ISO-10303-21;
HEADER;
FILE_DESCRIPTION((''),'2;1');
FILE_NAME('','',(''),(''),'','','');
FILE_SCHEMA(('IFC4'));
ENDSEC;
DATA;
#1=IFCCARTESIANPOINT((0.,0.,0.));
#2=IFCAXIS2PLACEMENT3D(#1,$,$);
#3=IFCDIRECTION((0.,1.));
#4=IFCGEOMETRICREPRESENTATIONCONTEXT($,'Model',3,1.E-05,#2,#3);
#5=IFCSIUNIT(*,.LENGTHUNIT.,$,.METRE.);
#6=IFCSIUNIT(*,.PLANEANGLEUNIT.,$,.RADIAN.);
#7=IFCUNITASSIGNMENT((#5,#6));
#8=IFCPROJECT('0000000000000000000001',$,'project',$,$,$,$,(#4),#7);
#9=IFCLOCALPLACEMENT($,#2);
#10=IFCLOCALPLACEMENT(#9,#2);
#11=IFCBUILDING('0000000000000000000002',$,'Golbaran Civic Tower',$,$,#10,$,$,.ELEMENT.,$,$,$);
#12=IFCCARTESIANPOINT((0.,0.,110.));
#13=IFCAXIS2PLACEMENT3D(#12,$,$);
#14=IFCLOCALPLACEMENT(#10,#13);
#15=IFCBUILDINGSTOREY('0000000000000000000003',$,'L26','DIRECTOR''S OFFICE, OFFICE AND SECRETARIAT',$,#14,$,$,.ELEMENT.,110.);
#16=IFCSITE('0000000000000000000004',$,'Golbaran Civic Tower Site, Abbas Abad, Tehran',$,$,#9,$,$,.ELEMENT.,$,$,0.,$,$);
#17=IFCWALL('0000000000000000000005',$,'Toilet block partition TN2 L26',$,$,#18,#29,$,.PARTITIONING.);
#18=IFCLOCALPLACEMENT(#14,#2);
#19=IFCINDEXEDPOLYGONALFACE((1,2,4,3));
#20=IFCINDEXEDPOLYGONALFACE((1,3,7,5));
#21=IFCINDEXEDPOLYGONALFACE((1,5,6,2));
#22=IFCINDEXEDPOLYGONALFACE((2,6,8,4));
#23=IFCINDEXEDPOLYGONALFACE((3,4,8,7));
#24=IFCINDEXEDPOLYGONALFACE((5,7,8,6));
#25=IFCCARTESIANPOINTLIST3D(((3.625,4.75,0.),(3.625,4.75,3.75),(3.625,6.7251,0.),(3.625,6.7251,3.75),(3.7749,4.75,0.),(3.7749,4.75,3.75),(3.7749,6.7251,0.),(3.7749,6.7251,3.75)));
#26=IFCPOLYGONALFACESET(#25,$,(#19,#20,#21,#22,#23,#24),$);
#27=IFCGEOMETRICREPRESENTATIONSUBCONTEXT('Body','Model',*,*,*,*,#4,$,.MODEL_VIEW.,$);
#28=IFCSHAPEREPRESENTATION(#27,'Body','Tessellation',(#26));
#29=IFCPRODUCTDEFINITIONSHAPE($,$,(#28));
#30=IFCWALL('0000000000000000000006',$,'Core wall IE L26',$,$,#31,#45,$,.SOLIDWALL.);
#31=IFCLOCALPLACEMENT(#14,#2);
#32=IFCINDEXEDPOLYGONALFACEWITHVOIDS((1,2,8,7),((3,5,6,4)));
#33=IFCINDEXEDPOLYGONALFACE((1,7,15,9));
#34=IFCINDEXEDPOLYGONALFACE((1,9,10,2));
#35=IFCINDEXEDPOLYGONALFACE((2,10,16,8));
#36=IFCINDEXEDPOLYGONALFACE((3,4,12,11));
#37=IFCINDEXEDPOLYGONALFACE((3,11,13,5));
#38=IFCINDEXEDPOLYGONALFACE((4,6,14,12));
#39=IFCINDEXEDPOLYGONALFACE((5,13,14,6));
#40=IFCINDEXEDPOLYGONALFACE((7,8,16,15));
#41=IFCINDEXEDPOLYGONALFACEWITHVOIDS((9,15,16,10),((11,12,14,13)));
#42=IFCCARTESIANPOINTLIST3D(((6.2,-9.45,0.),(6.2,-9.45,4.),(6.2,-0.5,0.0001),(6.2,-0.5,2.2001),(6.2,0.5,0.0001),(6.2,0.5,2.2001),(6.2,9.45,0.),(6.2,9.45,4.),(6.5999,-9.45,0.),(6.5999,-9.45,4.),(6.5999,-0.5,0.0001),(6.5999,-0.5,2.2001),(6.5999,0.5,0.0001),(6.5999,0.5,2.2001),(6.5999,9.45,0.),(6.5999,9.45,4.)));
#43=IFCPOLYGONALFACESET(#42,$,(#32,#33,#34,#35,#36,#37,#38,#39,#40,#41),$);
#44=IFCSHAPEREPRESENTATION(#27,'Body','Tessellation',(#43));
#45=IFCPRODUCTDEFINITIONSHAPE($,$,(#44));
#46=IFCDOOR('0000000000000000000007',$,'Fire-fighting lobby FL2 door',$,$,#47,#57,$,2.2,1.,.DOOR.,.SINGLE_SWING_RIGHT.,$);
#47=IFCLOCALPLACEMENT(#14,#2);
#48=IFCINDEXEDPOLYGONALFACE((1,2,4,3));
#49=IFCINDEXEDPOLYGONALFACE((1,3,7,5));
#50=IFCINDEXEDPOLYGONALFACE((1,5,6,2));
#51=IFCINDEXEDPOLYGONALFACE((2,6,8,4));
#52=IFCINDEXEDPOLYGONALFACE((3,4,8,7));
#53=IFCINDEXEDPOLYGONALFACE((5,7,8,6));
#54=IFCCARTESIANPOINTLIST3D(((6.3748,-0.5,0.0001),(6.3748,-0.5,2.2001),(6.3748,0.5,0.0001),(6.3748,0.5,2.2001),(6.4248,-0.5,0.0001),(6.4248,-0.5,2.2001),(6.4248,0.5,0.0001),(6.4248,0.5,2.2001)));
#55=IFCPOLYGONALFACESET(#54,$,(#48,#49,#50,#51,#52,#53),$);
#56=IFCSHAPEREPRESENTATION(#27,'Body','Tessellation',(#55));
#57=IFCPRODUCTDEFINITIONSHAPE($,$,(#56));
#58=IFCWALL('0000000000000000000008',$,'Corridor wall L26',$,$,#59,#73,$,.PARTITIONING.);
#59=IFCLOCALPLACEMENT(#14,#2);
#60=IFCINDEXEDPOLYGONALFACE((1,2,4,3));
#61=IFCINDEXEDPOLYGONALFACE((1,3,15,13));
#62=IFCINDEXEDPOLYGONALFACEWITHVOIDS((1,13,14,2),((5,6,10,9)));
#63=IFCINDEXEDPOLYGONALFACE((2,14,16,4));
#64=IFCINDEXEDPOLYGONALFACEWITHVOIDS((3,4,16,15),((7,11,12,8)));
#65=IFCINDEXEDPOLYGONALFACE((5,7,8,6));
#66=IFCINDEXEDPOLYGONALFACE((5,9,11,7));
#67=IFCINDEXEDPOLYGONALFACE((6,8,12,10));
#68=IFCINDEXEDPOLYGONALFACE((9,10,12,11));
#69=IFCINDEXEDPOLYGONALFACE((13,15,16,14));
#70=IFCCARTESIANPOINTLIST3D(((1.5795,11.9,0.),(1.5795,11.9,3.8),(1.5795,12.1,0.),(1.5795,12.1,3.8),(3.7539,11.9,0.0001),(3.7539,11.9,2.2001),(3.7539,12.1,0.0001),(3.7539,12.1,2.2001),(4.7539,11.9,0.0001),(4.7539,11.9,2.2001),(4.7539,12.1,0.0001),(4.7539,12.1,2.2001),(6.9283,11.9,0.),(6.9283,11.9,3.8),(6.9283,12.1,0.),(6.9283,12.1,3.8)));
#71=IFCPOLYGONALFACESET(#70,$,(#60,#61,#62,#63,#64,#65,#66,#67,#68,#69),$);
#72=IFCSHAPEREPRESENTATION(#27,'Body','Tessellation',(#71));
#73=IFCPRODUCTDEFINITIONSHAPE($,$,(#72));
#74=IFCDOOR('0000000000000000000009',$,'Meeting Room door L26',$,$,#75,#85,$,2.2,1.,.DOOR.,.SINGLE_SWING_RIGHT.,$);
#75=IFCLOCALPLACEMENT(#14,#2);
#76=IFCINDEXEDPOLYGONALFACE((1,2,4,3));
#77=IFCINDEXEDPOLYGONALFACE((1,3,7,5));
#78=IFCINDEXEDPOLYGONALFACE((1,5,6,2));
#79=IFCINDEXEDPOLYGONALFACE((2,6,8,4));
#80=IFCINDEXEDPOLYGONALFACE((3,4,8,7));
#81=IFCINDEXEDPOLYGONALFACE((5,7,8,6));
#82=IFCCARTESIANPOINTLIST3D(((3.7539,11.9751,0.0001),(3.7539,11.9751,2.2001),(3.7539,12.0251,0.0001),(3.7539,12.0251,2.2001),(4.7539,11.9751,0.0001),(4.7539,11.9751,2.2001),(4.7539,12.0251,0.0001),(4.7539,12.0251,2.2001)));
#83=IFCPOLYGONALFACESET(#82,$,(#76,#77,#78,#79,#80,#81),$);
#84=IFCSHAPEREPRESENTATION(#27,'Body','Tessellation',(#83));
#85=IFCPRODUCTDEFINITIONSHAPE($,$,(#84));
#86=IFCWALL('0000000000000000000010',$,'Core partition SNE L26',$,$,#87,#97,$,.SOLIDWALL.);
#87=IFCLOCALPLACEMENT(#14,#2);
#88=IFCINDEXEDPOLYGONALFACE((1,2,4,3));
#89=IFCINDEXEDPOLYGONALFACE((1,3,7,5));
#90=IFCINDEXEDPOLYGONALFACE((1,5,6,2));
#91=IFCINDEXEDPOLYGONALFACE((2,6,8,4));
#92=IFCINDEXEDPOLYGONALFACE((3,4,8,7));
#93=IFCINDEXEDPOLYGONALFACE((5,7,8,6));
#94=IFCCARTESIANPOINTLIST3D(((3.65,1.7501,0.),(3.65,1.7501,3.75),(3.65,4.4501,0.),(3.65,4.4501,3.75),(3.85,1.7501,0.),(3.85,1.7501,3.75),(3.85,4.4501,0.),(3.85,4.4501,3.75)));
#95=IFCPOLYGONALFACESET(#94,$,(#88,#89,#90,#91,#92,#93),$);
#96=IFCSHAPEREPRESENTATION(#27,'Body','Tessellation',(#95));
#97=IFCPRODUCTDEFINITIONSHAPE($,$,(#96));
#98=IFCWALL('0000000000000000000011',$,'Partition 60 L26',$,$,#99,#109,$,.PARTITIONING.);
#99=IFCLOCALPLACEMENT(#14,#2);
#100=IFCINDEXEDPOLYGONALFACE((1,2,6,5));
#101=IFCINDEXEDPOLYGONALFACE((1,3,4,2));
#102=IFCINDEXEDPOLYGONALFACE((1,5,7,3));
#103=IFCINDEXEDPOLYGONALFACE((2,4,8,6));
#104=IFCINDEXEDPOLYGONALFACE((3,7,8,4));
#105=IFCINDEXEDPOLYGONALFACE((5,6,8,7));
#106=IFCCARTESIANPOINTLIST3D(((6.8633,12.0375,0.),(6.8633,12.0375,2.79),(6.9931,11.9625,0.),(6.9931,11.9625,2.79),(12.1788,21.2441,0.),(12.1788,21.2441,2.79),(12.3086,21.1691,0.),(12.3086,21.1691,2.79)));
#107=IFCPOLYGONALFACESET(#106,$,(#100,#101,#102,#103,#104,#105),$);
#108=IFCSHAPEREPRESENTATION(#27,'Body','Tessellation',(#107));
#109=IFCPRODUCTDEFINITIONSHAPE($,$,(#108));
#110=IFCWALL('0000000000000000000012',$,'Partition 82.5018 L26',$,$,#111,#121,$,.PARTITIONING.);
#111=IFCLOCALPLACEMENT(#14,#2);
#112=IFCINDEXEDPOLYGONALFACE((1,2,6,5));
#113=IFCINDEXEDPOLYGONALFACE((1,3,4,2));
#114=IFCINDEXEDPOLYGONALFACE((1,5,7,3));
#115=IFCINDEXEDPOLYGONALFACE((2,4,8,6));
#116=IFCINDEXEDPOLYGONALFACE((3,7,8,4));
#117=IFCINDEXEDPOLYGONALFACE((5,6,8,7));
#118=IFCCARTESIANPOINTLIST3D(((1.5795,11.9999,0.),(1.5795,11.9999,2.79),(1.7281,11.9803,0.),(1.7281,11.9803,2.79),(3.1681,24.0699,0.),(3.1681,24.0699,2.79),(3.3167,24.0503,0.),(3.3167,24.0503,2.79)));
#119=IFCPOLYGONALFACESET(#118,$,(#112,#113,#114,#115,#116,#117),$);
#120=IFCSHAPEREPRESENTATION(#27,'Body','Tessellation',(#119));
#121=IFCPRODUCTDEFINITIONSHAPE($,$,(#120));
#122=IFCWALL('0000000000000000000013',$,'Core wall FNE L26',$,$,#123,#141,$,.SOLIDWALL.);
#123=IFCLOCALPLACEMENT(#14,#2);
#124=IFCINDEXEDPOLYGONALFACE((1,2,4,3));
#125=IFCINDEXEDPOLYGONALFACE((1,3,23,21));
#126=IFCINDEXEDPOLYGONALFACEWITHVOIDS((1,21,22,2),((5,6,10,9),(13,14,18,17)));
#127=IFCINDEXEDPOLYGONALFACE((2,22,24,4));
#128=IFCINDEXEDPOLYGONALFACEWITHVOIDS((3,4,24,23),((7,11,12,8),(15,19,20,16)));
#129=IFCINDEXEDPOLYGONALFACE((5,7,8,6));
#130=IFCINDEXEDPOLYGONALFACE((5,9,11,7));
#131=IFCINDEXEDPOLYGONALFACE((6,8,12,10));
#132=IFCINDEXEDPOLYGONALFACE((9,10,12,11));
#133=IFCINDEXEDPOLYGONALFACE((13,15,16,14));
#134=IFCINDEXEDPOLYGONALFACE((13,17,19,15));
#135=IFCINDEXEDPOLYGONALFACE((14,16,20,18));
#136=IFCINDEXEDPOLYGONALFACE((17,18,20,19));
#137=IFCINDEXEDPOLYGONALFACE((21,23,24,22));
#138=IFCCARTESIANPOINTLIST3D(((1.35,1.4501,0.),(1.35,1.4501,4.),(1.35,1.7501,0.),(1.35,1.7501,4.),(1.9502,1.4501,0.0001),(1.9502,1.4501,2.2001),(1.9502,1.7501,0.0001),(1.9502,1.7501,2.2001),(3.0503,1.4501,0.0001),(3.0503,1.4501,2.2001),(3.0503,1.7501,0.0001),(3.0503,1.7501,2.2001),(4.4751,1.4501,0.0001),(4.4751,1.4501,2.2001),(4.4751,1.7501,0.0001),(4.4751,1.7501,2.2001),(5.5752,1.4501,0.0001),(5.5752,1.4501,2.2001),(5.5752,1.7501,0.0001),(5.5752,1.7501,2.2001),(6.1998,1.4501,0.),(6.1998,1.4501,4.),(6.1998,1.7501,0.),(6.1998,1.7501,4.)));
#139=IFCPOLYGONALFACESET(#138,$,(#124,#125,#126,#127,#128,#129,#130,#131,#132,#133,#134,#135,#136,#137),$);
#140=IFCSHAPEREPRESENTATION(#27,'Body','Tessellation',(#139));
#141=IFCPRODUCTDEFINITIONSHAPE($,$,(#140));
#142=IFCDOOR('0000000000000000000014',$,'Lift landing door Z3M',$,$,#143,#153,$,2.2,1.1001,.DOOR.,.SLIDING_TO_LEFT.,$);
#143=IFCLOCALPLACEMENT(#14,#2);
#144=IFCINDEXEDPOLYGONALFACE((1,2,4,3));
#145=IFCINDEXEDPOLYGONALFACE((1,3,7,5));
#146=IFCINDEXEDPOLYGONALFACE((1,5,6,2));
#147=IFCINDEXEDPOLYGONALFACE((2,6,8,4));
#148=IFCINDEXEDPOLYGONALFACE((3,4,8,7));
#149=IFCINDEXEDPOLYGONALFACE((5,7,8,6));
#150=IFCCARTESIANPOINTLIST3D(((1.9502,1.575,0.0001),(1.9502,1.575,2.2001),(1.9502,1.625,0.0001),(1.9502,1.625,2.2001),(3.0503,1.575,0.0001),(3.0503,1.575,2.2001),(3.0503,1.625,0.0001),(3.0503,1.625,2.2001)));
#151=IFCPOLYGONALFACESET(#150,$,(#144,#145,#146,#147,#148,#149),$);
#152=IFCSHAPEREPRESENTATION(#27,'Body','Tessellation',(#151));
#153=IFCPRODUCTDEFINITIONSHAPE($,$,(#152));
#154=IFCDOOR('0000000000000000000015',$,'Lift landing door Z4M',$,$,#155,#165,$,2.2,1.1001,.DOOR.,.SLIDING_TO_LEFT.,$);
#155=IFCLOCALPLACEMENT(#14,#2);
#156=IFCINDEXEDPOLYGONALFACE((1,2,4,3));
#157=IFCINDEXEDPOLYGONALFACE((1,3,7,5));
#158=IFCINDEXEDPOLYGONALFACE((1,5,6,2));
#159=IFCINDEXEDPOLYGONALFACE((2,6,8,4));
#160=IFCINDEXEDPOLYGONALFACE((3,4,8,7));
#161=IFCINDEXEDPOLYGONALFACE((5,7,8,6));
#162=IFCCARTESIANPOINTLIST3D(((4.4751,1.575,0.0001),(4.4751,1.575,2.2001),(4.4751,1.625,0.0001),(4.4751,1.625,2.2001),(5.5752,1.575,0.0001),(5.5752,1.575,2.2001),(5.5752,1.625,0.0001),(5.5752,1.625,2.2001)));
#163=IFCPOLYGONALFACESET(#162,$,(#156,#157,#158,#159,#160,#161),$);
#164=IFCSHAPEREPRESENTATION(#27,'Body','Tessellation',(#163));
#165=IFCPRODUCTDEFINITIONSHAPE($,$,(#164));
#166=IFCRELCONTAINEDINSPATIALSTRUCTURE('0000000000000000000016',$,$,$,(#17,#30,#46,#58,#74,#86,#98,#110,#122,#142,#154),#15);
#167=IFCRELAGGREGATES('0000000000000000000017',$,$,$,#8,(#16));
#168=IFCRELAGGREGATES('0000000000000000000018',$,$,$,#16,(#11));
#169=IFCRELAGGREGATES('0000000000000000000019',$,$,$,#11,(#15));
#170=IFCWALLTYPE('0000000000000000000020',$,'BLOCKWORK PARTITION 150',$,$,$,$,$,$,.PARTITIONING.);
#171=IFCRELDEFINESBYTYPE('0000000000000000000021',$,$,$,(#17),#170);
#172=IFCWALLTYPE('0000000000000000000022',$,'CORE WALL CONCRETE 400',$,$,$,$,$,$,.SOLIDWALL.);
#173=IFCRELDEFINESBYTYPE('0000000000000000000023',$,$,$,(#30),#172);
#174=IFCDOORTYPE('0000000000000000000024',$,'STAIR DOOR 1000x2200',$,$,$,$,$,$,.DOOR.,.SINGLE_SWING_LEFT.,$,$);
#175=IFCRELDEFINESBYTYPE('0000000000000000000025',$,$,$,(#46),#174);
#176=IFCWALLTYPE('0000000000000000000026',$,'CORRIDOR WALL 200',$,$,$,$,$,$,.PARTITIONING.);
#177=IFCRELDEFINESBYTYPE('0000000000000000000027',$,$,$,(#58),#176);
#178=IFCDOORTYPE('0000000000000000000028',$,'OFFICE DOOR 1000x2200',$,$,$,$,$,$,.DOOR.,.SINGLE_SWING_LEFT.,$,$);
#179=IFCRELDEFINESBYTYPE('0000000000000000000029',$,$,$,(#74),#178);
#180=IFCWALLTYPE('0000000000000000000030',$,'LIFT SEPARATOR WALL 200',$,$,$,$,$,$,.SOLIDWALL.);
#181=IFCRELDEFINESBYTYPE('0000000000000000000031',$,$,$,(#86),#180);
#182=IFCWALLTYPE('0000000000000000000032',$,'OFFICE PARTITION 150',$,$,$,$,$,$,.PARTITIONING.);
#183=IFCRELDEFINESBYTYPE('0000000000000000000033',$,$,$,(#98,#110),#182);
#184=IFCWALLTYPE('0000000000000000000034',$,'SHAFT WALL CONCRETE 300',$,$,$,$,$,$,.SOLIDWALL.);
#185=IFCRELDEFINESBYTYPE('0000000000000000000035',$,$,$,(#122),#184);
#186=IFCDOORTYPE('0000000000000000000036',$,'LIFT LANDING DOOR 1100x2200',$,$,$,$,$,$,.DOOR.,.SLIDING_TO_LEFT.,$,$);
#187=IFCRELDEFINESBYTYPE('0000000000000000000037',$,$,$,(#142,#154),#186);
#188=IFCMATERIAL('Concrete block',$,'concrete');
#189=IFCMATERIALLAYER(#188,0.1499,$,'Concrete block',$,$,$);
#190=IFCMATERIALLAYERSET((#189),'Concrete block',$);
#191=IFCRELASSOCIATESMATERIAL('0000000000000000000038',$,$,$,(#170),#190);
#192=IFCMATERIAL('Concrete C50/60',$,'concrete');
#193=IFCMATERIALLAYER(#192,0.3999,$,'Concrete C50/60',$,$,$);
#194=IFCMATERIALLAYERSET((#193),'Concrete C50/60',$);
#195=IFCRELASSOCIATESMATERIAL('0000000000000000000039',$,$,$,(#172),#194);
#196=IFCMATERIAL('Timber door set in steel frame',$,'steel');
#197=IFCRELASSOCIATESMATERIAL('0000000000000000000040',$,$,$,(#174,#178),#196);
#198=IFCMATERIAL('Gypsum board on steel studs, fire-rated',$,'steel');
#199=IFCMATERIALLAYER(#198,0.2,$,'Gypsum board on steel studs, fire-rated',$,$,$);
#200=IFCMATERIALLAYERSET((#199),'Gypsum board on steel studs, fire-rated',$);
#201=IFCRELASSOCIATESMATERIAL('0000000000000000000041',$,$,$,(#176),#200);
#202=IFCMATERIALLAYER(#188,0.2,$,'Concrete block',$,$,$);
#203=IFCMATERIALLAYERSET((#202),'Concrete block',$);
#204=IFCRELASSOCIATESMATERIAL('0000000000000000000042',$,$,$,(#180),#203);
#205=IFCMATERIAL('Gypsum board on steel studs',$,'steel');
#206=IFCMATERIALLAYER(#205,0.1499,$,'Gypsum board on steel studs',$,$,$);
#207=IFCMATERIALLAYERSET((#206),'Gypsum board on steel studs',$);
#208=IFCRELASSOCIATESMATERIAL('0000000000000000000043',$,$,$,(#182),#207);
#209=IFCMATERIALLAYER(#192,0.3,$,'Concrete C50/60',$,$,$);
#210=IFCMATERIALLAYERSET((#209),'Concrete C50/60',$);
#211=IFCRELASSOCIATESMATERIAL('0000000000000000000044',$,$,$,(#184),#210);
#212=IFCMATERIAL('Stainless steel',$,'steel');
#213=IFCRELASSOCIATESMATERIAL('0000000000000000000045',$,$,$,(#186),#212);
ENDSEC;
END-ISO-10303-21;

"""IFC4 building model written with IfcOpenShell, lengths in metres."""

from ifc_helpers import new_model, si_unit, direction, frame, frame_2d, origin, place, context, subcontext, project, spatial, rectangle, extrude, material, layer, layer_set, type_object, element, fill, save


model = new_model("IFC4")

# Units and contexts
model_context = context("Model", 3, precision=1e-05, world=origin(), true_north=direction((0.0, 1.0)))
body_context = subcontext(model_context, "Body", "Model", "MODEL_VIEW")
ifc_project = project(units=[si_unit("LENGTHUNIT", "METRE"), si_unit("PLANEANGLEUNIT", "RADIAN")], contexts=[model_context])

# Site, building, storey
site_placement = place(None, origin())
site = spatial("IfcSite", under=ifc_project, at=site_placement, Name="Golbaran Civic Tower Site, Abbas Abad, Tehran", CompositionType="ELEMENT", RefElevation=0.0)
building_placement = place(site_placement, origin())
building = spatial("IfcBuilding", under=site, at=building_placement, Name="Golbaran Civic Tower", CompositionType="ELEMENT")
storey_placement = place(building_placement, frame((0.0, 0.0, 110.0)))
storey = spatial("IfcBuildingStorey", under=building, at=storey_placement, Name="L26", Description="DIRECTOR'S OFFICE, OFFICE AND SECRETARIAT", CompositionType="ELEMENT", Elevation=110.0)

# Shared definitions
ifc_material_1 = material(Name="Concrete block", Category="concrete")
ifc_layer_1 = layer(ifc_material_1, 0.1499, Name="Concrete block")
ifc_layer_set_1 = layer_set([ifc_layer_1], Name="Concrete block")
wall_type_1 = type_object("IfcWallType", Name="BLOCKWORK PARTITION 150", PredefinedType="PARTITIONING", material=ifc_layer_set_1)
ifc_material_2 = material(Name="Timber door set in steel frame", Category="steel")

# Wall
wall_1_placement = place(storey_placement, frame((3.7, 4.75, 0.0), z_axis=(0.0, 0.0, 1.0), x_axis=(0.0, 1.0, 0.0)))
element("IfcWall", 1, at=wall_1_placement, inside=storey, type_object=wall_type_1, Name="Toilet block partition TN2 L26", PredefinedType="PARTITIONING", context=body_context, shape_type="SweptSolid", body=[
    extrude(rectangle(XDim=1.9751, YDim=0.1499, at=frame_2d((0.9875, 0.0))), origin(), (0.0, 0.0, 1.0), 3.75),
])

# Walls, openings, doors
ifc_material_3 = material(Name="Concrete C50/60", Category="concrete")
ifc_layer_2 = layer(ifc_material_3, 0.3999, Name="Concrete C50/60")
ifc_layer_set_2 = layer_set([ifc_layer_2], Name="Concrete C50/60")
wall_type_2 = type_object("IfcWallType", Name="CORE WALL CONCRETE 400", PredefinedType="SOLIDWALL", material=ifc_layer_set_2)
wall_2_placement = place(storey_placement, frame((6.3999, 9.45, 0.0), z_axis=(0.0, 0.0, 1.0), x_axis=(0.0, -1.0, 0.0)))
wall_2 = element("IfcWall", 2, at=wall_2_placement, inside=storey, type_object=wall_type_2, Name="Core wall IE L26", PredefinedType="SOLIDWALL", context=body_context, shape_type="SweptSolid", body=[
    extrude(rectangle(XDim=18.8999, YDim=0.3999, at=frame_2d((9.45, 0.0))), origin(), (0.0, 0.0, 1.0), 4.0),
])
opening_1_placement = place(wall_2_placement, frame((8.95, 0.0, 0.0)))
opening_1 = element("IfcOpeningElement", 3, at=opening_1_placement, cuts=wall_2, PredefinedType="OPENING", context=body_context, shape_type="SweptSolid", body=[
    extrude(rectangle(XDim=1.0, YDim=2.2, at=frame_2d((0.5, 1.1001))), frame((0.0, 0.21, 0.0), z_axis=(0.0, -1.0, 0.0), x_axis=(1.0, 0.0, 0.0)), (0.0, 0.0, 1.0), 0.4199),
])
door_type_1 = type_object("IfcDoorType", Name="STAIR DOOR 1000x2200", OperationType="SINGLE_SWING_LEFT", PredefinedType="DOOR", material=ifc_material_2)
door_1_placement = place(opening_1_placement, origin())
door_1 = element("IfcDoor", 4, at=door_1_placement, inside=storey, type_object=door_type_1, Name="Fire-fighting lobby FL2 door", OperationType="SINGLE_SWING_RIGHT", OverallHeight=2.2, OverallWidth=1.0, PredefinedType="DOOR", context=body_context, shape_type="SweptSolid", body=[
    extrude(rectangle(XDim=1.0, YDim=2.2, at=frame_2d((0.5, 1.1001))), frame((0.0, 0.0249, 0.0), z_axis=(0.0, -1.0, 0.0), x_axis=(1.0, 0.0, 0.0)), (0.0, 0.0, 1.0), 0.05),
])
fill(opening_1, door_1)
ifc_material_4 = material(Name="Gypsum board on steel studs, fire-rated", Category="steel")
ifc_layer_3 = layer(ifc_material_4, 0.2, Name="Gypsum board on steel studs, fire-rated")
ifc_layer_set_3 = layer_set([ifc_layer_3], Name="Gypsum board on steel studs, fire-rated")
wall_type_3 = type_object("IfcWallType", Name="CORRIDOR WALL 200", PredefinedType="PARTITIONING", material=ifc_layer_set_3)
wall_3_placement = place(storey_placement, frame((6.9282, 12.0, 0.0), z_axis=(0.0, 0.0, 1.0), x_axis=(-1.0, 0.0, 0.0)))
wall_3 = element("IfcWall", 5, at=wall_3_placement, inside=storey, type_object=wall_type_3, Name="Corridor wall L26", PredefinedType="PARTITIONING", context=body_context, shape_type="SweptSolid", body=[
    extrude(rectangle(XDim=5.3489, YDim=0.2, at=frame_2d((2.6743, 0.0))), origin(), (0.0, 0.0, 1.0), 3.8),
])
opening_2_placement = place(wall_3_placement, frame((2.1743, 0.0, 0.0)))
opening_2 = element("IfcOpeningElement", 6, at=opening_2_placement, cuts=wall_3, PredefinedType="OPENING", context=body_context, shape_type="SweptSolid", body=[
    extrude(rectangle(XDim=1.0, YDim=2.2, at=frame_2d((0.5, 1.1001))), frame((0.0, 0.1099, 0.0), z_axis=(0.0, -1.0, 0.0), x_axis=(1.0, 0.0, 0.0)), (0.0, 0.0, 1.0), 0.22),
])
door_type_2 = type_object("IfcDoorType", Name="OFFICE DOOR 1000x2200", OperationType="SINGLE_SWING_LEFT", PredefinedType="DOOR", material=ifc_material_2)
door_2_placement = place(opening_2_placement, origin())
door_2 = element("IfcDoor", 7, at=door_2_placement, inside=storey, type_object=door_type_2, Name="Meeting Room door L26", OperationType="SINGLE_SWING_RIGHT", OverallHeight=2.2, OverallWidth=1.0, PredefinedType="DOOR", context=body_context, shape_type="SweptSolid", body=[
    extrude(rectangle(XDim=1.0, YDim=2.2, at=frame_2d((0.5, 1.1001))), frame((0.0, 0.0249, 0.0), z_axis=(0.0, -1.0, 0.0), x_axis=(1.0, 0.0, 0.0)), (0.0, 0.0, 1.0), 0.05),
])
fill(opening_2, door_2)

# Walls
ifc_layer_4 = layer(ifc_material_1, 0.2, Name="Concrete block")
ifc_layer_set_4 = layer_set([ifc_layer_4], Name="Concrete block")
wall_type_4 = type_object("IfcWallType", Name="LIFT SEPARATOR WALL 200", PredefinedType="SOLIDWALL", material=ifc_layer_set_4)
wall_4_placement = place(storey_placement, frame((3.75, 1.75, 0.0), z_axis=(0.0, 0.0, 1.0), x_axis=(0.0, 1.0, 0.0)))
element("IfcWall", 8, at=wall_4_placement, inside=storey, type_object=wall_type_4, Name="Core partition SNE L26", PredefinedType="SOLIDWALL", context=body_context, shape_type="SweptSolid", body=[
    extrude(rectangle(XDim=2.7, YDim=0.2, at=frame_2d((1.3501, 0.0))), origin(), (0.0, 0.0, 1.0), 3.75),
])
ifc_material_5 = material(Name="Gypsum board on steel studs", Category="steel")
ifc_layer_5 = layer(ifc_material_5, 0.1499, Name="Gypsum board on steel studs")
ifc_layer_set_5 = layer_set([ifc_layer_5], Name="Gypsum board on steel studs")
wall_type_5 = type_object("IfcWallType", Name="OFFICE PARTITION 150", PredefinedType="PARTITIONING", material=ifc_layer_set_5)
wall_5_placement = place(storey_placement, frame((6.9282, 12.0, 0.0), z_axis=(0.0, 0.0, 1.0), x_axis=(0.500002, 0.866024, 0.0)))
element("IfcWall", 9, at=wall_5_placement, inside=storey, type_object=wall_type_5, Name="Partition 60 L26", PredefinedType="PARTITIONING", context=body_context, shape_type="SweptSolid", body=[
    extrude(rectangle(XDim=10.6309, YDim=0.1499, at=frame_2d((5.3154, 0.0))), origin(), (0.0, 0.0, 1.0), 2.79),
])
wall_6_placement = place(storey_placement, frame((1.6538, 11.9902, 0.0), z_axis=(0.0, 0.0, 1.0), x_axis=(0.130491, 0.991449, 0.0)))
element("IfcWall", 10, at=wall_6_placement, inside=storey, type_object=wall_type_5, Name="Partition 82.5018 L26", PredefinedType="PARTITIONING", context=body_context, shape_type="SweptSolid", body=[
    extrude(rectangle(XDim=12.1741, YDim=0.1499, at=frame_2d((6.0869, 0.0))), origin(), (0.0, 0.0, 1.0), 2.79),
])

# Wall, openings, doors
ifc_layer_6 = layer(ifc_material_3, 0.3, Name="Concrete C50/60")
ifc_layer_set_6 = layer_set([ifc_layer_6], Name="Concrete C50/60")
wall_type_6 = type_object("IfcWallType", Name="SHAFT WALL CONCRETE 300", PredefinedType="SOLIDWALL", material=ifc_layer_set_6)
wall_7_placement = place(storey_placement, frame((1.3501, 1.6001, 0.0), z_axis=(0.0, 0.0, 1.0), x_axis=(1.0, 0.0, 0.0)))
wall_7 = element("IfcWall", 11, at=wall_7_placement, inside=storey, type_object=wall_type_6, Name="Core wall FNE L26", PredefinedType="SOLIDWALL", context=body_context, shape_type="SweptSolid", body=[
    extrude(rectangle(XDim=4.8499, YDim=0.3, at=frame_2d((2.4248, 0.0))), origin(), (0.0, 0.0, 1.0), 4.0),
])
opening_3_placement = place(wall_7_placement, frame((0.6001, 0.0, 0.0)))
opening_3 = element("IfcOpeningElement", 12, at=opening_3_placement, cuts=wall_7, PredefinedType="OPENING", context=body_context, shape_type="SweptSolid", body=[
    extrude(rectangle(XDim=1.1001, YDim=2.2, at=frame_2d((0.55, 1.1001))), frame((0.0, 0.1599, 0.0), z_axis=(0.0, -1.0, 0.0), x_axis=(1.0, 0.0, 0.0)), (0.0, 0.0, 1.0), 0.3201),
])
opening_4_placement = place(wall_7_placement, frame((3.125, 0.0, 0.0)))
opening_4 = element("IfcOpeningElement", 13, at=opening_4_placement, cuts=wall_7, PredefinedType="OPENING", context=body_context, shape_type="SweptSolid", body=[
    extrude(rectangle(XDim=1.1001, YDim=2.2, at=frame_2d((0.55, 1.1001))), frame((0.0, 0.1599, 0.0), z_axis=(0.0, -1.0, 0.0), x_axis=(1.0, 0.0, 0.0)), (0.0, 0.0, 1.0), 0.3201),
])
ifc_material_6 = material(Name="Stainless steel", Category="steel")
door_type_3 = type_object("IfcDoorType", Name="LIFT LANDING DOOR 1100x2200", OperationType="SLIDING_TO_LEFT", PredefinedType="DOOR", material=ifc_material_6)
door_3_placement = place(opening_3_placement, origin())
door_3 = element("IfcDoor", 14, at=door_3_placement, inside=storey, type_object=door_type_3, Name="Lift landing door Z3M", OperationType="SLIDING_TO_LEFT", OverallHeight=2.2, OverallWidth=1.1001, PredefinedType="DOOR", context=body_context, shape_type="SweptSolid", body=[
    extrude(rectangle(XDim=1.1001, YDim=2.2, at=frame_2d((0.55, 1.1001))), frame((0.0, 0.0249, 0.0), z_axis=(0.0, -1.0, 0.0), x_axis=(1.0, 0.0, 0.0)), (0.0, 0.0, 1.0), 0.05),
])
fill(opening_3, door_3)
door_4_placement = place(opening_4_placement, origin())
door_4 = element("IfcDoor", 15, at=door_4_placement, inside=storey, type_object=door_type_3, Name="Lift landing door Z4M", OperationType="SLIDING_TO_LEFT", OverallHeight=2.2, OverallWidth=1.1001, PredefinedType="DOOR", context=body_context, shape_type="SweptSolid", body=[
    extrude(rectangle(XDim=1.1001, YDim=2.2, at=frame_2d((0.55, 1.1001))), frame((0.0, 0.0249, 0.0), z_axis=(0.0, -1.0, 0.0), x_axis=(1.0, 0.0, 0.0)), (0.0, 0.0, 1.0), 0.05),
])
fill(opening_4, door_4)

save(model, "model.ifc")
